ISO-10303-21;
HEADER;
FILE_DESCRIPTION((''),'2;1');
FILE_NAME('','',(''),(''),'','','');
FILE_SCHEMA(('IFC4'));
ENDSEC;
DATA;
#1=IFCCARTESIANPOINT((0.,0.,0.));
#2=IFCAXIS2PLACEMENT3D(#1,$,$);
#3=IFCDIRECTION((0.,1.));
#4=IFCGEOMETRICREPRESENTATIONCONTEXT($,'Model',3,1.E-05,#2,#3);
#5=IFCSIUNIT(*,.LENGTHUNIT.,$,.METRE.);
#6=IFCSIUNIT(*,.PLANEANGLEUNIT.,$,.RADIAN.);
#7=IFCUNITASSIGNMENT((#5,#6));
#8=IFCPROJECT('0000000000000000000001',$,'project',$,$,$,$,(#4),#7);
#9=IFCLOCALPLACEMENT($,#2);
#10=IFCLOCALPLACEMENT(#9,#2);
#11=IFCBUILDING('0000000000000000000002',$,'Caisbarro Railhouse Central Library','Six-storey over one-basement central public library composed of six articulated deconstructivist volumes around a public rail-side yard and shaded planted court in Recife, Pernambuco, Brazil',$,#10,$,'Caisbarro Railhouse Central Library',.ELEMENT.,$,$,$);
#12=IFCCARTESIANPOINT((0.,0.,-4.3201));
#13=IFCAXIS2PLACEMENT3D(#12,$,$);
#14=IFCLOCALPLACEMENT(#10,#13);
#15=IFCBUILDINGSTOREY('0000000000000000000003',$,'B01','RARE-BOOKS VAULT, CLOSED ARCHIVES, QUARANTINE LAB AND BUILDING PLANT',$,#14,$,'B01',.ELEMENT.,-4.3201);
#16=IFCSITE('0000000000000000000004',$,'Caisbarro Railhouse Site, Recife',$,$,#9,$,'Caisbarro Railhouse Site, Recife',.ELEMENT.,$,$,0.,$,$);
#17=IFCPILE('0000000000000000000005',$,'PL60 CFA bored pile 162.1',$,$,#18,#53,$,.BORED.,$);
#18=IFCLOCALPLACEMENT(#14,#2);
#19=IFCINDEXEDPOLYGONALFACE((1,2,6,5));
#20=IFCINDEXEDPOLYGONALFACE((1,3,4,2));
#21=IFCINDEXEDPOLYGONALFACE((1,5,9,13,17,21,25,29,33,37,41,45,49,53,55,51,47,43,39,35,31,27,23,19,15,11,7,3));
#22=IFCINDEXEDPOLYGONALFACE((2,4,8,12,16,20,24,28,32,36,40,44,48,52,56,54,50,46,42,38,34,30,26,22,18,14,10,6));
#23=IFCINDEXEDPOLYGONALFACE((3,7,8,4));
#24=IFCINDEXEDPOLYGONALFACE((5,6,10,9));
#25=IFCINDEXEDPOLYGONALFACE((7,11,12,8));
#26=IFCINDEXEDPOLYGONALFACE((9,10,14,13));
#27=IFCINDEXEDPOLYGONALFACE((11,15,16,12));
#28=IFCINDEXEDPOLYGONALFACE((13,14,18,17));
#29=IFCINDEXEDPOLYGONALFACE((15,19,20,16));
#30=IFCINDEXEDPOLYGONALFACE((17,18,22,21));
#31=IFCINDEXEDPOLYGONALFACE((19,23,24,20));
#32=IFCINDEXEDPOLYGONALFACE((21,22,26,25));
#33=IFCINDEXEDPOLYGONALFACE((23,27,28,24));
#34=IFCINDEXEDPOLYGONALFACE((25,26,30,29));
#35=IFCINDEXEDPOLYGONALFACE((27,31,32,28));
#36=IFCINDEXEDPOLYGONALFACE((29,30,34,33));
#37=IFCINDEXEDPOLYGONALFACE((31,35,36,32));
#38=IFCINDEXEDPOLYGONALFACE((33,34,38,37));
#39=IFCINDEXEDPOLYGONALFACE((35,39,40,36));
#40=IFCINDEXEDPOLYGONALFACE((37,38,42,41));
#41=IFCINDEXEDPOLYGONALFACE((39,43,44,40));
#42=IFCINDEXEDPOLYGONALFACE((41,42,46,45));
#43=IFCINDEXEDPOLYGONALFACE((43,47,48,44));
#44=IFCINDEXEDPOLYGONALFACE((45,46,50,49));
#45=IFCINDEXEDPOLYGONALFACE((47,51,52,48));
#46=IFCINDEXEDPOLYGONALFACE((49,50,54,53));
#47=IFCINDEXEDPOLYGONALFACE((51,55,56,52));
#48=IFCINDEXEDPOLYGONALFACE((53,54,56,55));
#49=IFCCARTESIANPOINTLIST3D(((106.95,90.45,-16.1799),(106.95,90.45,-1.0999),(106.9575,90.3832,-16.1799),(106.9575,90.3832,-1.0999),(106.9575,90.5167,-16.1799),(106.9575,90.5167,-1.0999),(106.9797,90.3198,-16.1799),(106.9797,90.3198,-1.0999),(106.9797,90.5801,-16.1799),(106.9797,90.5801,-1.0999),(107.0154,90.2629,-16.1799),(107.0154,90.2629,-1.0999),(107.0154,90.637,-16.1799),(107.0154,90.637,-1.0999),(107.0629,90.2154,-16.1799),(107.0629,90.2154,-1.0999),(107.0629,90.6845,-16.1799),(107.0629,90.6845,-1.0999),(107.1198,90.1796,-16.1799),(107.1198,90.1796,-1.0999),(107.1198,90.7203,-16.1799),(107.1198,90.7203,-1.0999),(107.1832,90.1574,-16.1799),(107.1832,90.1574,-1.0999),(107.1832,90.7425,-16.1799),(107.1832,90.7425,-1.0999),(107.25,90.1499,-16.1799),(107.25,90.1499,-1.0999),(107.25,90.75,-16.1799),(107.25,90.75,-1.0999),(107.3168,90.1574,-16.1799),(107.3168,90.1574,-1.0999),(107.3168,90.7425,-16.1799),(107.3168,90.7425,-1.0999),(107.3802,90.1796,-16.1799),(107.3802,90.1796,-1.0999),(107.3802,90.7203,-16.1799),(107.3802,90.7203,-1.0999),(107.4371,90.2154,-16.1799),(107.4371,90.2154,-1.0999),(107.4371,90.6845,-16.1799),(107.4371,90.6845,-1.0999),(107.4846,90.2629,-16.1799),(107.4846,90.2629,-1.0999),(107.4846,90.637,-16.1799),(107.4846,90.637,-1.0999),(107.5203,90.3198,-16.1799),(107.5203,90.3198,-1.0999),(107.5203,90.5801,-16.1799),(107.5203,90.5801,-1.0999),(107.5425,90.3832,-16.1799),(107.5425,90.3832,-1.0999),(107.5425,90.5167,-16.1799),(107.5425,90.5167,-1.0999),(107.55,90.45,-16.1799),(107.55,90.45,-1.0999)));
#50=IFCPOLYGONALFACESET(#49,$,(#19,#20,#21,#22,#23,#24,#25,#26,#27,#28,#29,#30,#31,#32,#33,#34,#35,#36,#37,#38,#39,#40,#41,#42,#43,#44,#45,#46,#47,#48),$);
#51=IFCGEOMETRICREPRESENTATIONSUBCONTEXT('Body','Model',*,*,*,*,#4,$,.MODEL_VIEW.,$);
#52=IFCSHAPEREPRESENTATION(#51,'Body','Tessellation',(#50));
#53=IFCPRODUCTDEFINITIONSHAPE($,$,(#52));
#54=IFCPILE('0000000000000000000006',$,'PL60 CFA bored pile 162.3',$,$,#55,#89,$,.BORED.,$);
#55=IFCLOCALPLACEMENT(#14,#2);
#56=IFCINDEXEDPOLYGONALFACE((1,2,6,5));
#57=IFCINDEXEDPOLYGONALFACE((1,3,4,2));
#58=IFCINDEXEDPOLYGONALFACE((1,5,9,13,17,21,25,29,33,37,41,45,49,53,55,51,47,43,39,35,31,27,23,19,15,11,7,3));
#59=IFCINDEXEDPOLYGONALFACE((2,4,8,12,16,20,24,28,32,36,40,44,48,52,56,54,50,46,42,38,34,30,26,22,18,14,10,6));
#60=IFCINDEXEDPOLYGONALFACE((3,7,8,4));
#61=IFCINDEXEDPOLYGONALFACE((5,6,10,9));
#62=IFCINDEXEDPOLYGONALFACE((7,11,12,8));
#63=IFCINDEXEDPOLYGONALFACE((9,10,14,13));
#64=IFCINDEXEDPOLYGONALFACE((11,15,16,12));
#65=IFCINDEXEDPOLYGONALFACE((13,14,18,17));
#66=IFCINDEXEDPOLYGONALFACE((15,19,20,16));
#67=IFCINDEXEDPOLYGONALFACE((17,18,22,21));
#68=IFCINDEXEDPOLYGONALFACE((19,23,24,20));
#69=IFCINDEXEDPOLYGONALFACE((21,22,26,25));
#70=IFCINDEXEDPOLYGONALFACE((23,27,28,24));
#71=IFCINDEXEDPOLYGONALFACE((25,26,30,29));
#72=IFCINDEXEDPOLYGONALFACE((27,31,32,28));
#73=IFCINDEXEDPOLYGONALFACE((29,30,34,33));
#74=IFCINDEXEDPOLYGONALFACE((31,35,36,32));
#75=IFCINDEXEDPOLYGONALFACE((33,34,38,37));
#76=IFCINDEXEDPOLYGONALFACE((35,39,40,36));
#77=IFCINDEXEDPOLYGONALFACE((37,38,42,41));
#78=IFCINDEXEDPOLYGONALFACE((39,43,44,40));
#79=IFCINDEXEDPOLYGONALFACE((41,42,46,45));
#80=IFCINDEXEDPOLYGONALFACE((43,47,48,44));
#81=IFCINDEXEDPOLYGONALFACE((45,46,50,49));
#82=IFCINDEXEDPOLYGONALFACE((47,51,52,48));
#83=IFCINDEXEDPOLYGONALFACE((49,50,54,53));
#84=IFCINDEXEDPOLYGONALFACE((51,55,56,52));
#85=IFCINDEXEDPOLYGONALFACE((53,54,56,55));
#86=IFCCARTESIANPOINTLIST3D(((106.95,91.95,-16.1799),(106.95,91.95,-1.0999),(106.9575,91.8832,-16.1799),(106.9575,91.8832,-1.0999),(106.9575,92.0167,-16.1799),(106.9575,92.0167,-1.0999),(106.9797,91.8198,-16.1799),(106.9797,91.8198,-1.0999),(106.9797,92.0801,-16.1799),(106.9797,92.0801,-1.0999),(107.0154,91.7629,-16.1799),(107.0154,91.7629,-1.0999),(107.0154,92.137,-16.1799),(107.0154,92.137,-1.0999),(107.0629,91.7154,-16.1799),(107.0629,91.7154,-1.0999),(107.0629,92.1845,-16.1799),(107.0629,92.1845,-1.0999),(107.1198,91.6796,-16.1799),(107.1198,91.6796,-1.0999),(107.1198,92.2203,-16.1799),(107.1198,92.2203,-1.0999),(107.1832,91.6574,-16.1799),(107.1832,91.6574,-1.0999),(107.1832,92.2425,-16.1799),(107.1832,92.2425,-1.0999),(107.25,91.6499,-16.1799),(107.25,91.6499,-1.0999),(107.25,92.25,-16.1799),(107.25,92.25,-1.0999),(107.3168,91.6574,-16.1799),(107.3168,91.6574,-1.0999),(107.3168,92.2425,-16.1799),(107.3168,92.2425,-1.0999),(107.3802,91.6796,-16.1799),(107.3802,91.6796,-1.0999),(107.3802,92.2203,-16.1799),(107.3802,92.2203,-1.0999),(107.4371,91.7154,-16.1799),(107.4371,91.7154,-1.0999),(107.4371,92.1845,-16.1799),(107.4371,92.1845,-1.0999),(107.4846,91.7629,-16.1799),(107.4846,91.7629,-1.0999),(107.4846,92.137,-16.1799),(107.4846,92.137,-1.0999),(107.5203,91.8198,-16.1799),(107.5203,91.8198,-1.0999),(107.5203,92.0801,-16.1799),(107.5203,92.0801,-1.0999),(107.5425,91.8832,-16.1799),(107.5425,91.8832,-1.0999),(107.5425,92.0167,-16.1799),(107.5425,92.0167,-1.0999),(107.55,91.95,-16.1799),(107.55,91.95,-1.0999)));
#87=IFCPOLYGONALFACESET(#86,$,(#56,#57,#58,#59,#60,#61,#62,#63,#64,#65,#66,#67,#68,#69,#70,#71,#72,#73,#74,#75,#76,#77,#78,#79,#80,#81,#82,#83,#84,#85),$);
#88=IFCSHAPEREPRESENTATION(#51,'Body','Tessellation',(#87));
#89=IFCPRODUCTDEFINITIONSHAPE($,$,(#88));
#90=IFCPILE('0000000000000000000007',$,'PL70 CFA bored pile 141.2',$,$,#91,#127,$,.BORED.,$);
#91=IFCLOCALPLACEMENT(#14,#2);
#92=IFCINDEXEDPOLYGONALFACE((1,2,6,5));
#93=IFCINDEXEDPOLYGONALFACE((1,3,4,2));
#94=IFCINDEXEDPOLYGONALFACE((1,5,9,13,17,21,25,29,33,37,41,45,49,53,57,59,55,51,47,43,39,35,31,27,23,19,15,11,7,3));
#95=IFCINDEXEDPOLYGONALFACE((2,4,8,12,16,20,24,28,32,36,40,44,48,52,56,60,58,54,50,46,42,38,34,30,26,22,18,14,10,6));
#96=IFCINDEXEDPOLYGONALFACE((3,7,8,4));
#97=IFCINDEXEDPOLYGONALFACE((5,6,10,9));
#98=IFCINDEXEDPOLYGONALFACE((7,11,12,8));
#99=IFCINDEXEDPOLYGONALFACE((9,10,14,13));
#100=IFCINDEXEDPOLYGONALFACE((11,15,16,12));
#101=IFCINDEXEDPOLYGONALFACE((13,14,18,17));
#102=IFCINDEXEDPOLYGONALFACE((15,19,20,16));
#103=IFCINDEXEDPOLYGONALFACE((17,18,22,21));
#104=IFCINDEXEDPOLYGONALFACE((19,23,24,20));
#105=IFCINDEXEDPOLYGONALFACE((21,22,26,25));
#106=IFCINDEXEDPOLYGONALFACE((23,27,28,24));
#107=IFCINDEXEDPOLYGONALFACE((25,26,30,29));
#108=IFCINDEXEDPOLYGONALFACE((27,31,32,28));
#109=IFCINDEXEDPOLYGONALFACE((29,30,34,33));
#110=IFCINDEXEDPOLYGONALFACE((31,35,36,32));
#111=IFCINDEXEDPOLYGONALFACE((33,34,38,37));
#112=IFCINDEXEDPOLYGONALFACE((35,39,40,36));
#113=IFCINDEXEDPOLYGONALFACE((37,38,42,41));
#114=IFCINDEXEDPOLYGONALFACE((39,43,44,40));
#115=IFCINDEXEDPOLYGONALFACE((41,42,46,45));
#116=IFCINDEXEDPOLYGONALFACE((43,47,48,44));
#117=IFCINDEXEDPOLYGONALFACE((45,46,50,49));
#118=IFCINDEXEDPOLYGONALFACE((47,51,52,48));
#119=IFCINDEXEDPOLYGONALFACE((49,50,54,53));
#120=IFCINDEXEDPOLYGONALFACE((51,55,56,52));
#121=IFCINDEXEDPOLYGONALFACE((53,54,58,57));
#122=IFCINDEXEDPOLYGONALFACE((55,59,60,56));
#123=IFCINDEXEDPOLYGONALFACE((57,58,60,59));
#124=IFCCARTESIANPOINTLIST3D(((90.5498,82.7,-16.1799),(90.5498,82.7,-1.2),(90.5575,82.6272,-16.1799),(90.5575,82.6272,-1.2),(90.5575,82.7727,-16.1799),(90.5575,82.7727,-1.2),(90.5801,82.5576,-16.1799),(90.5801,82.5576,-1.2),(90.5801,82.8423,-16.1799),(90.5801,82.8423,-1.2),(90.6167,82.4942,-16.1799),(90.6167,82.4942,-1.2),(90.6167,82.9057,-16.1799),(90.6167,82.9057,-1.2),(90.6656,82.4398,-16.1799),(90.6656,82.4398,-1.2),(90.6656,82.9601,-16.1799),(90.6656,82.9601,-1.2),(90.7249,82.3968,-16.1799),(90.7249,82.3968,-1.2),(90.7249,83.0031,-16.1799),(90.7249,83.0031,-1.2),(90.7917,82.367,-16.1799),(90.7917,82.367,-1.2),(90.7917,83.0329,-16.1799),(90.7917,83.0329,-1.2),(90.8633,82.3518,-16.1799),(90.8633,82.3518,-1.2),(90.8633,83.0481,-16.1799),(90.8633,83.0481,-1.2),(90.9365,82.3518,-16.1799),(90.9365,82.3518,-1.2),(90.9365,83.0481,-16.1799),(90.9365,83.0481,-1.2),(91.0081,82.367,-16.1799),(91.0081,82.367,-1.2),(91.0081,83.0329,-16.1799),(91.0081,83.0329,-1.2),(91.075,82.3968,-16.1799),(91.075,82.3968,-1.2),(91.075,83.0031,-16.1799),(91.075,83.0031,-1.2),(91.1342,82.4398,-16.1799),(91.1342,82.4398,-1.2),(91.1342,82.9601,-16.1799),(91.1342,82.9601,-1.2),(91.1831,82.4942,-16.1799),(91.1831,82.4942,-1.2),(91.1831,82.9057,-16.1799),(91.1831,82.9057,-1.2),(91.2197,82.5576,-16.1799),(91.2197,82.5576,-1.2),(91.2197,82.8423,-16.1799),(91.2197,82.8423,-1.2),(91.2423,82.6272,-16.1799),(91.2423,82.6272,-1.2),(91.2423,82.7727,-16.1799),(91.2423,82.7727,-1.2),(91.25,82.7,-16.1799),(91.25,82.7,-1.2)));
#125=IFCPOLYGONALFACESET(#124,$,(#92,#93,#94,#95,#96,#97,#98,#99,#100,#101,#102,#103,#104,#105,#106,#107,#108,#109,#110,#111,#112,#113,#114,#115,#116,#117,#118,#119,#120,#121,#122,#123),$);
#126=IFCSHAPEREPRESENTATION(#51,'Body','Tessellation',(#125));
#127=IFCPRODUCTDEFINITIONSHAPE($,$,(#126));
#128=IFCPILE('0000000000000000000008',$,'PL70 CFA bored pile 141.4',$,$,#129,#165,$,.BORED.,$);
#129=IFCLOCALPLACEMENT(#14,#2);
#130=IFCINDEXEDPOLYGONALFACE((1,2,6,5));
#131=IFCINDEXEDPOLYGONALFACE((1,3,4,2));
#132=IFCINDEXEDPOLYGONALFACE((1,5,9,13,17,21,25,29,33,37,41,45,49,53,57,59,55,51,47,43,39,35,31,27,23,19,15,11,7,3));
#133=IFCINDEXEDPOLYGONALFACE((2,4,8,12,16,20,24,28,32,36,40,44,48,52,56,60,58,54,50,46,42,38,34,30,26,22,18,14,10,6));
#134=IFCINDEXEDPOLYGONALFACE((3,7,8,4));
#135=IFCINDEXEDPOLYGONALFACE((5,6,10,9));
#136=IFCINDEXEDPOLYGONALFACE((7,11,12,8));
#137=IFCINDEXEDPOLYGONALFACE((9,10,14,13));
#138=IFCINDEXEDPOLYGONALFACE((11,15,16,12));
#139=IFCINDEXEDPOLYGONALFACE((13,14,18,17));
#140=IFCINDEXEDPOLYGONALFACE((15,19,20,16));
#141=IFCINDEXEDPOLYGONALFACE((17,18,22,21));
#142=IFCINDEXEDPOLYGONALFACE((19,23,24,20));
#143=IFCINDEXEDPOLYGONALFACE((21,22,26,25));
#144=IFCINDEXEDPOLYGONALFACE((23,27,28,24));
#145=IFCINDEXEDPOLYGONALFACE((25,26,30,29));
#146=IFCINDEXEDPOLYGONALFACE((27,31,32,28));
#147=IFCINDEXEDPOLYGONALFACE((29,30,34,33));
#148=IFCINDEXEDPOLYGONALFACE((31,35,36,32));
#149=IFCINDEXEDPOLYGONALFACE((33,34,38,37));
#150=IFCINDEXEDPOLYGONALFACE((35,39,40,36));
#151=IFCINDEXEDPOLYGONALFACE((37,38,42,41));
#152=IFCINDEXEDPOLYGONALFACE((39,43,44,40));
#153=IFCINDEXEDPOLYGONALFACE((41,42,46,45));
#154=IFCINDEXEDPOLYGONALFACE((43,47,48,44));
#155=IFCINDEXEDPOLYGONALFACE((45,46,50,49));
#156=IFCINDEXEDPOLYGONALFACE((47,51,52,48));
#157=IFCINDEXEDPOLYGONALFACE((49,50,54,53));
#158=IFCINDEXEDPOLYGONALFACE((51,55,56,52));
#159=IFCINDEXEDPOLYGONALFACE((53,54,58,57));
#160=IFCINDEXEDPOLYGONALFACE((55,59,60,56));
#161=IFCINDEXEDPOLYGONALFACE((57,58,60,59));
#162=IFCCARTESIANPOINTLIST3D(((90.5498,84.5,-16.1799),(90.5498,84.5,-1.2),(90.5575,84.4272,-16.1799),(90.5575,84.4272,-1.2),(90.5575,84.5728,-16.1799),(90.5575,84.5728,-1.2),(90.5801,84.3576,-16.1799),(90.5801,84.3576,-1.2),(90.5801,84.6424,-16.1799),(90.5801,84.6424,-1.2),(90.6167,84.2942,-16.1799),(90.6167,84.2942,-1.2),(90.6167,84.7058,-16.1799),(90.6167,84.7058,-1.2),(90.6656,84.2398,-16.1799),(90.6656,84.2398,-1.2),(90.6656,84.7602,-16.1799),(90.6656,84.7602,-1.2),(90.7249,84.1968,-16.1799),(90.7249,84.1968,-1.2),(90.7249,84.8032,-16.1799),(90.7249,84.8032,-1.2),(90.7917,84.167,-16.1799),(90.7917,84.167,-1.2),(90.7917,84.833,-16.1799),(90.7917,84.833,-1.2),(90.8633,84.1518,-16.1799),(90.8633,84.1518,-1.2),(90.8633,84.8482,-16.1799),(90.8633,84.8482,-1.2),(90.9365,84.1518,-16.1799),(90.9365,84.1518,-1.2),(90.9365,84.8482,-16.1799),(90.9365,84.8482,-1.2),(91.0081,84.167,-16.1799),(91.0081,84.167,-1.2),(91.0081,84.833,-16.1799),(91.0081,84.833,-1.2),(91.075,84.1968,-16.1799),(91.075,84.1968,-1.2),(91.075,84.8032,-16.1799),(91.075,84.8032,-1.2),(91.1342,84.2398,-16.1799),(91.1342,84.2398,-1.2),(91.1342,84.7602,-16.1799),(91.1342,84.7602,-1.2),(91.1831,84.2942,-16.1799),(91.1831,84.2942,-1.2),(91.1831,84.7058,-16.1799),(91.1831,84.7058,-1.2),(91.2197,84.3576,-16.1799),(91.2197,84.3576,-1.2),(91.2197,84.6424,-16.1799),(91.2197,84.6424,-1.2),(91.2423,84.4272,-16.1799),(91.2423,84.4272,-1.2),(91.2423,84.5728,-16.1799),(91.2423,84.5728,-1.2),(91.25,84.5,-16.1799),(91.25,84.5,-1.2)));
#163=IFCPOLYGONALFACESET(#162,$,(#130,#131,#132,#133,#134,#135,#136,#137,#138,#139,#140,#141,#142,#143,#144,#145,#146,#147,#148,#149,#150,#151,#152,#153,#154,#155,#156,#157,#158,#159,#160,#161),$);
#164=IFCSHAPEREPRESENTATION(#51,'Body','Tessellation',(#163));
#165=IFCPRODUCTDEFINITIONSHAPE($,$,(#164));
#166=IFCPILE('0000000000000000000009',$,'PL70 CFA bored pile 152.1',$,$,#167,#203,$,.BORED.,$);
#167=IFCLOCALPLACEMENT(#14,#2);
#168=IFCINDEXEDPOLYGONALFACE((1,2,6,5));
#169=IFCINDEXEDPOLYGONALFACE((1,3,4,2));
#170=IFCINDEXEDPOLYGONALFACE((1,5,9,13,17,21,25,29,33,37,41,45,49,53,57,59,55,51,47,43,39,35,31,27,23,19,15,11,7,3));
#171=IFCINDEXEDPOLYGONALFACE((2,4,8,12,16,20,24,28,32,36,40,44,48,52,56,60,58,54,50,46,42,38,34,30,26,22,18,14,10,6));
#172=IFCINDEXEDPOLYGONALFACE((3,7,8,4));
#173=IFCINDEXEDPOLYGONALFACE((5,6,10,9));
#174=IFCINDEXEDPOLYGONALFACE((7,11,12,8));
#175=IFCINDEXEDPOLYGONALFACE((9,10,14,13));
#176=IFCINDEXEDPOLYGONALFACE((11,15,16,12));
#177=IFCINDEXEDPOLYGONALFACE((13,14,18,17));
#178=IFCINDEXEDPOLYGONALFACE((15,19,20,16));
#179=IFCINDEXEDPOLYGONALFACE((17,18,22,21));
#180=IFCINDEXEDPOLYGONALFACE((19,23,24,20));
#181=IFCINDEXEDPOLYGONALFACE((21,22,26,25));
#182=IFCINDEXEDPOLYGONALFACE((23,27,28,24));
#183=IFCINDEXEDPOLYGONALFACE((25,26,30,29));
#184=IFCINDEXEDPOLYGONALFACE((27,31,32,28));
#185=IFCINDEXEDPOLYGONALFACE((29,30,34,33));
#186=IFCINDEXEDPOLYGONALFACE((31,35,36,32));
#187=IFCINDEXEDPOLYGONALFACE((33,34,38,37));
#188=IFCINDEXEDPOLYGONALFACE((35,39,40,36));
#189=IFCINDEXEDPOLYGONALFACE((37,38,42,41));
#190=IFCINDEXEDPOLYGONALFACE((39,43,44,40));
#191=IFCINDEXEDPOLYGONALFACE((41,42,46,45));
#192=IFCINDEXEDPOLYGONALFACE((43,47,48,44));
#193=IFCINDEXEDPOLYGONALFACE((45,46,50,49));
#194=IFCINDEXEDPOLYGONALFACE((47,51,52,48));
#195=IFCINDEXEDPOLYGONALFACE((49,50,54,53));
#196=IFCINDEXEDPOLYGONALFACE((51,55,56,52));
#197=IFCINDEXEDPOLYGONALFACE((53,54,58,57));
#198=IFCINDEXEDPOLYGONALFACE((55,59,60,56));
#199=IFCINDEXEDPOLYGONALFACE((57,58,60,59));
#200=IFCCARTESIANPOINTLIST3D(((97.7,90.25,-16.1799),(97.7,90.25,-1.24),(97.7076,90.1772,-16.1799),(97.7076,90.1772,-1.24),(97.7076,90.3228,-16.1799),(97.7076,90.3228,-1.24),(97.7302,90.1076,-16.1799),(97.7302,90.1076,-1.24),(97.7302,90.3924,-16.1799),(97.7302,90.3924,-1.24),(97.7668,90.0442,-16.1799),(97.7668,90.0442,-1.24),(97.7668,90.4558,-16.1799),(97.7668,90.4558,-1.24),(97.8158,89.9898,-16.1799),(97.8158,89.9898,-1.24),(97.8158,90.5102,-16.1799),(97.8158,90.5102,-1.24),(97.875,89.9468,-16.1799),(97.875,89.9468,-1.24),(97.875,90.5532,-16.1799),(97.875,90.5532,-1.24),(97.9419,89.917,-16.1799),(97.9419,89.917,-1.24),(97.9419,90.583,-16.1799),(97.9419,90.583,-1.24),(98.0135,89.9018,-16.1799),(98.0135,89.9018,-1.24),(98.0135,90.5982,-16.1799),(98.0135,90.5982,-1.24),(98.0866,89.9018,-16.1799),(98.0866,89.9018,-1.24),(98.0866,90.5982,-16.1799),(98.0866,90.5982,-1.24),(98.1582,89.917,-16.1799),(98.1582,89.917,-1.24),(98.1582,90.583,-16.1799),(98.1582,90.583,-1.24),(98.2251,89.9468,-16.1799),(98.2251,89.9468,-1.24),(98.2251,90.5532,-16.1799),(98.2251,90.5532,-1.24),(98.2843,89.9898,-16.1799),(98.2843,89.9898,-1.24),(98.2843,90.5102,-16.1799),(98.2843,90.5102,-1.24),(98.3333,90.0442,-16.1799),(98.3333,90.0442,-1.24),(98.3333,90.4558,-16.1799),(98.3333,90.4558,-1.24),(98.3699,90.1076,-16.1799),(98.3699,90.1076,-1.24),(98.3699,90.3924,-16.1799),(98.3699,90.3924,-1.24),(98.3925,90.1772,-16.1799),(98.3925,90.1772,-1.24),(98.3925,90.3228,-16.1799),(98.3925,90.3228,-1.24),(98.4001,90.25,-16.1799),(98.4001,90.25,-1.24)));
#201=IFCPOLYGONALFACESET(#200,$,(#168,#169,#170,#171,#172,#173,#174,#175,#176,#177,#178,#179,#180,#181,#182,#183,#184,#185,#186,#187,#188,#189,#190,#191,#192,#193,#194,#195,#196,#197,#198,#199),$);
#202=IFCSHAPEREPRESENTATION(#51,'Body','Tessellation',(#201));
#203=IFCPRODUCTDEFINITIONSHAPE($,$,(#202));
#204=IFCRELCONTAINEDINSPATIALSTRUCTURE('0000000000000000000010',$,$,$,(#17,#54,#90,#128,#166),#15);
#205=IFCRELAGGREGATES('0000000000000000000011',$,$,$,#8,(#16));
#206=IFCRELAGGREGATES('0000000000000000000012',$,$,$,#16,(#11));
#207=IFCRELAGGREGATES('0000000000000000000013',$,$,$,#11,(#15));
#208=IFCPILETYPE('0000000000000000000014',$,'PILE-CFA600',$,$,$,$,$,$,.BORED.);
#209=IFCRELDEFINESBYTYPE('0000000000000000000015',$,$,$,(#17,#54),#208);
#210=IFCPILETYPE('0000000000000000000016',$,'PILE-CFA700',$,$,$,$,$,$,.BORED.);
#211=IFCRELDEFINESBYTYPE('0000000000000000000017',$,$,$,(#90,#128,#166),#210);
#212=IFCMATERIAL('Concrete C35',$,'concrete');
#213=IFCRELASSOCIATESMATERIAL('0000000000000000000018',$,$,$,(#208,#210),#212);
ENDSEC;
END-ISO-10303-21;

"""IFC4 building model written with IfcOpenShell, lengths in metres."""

from ifc_helpers import new_model, si_unit, direction, frame, origin, origin_2d, place, context, subcontext, project, spatial, circle, extrude, material, material_profile, profile_set, type_object, element, save


model = new_model("IFC4")

# Units and contexts
model_context = context("Model", 3, precision=1e-05, world=origin(), true_north=direction((0.0, 1.0)))
body_context = subcontext(model_context, "Body", "Model", "MODEL_VIEW")
ifc_project = project(units=[si_unit("LENGTHUNIT", "METRE"), si_unit("PLANEANGLEUNIT", "RADIAN")], contexts=[model_context])

# Site, building, storey
site_placement = place(None, origin())
site = spatial("IfcSite", under=ifc_project, at=site_placement, Name="Caisbarro Railhouse Site, Recife", LongName="Caisbarro Railhouse Site, Recife", CompositionType="ELEMENT", RefElevation=0.0)
building_placement = place(site_placement, origin())
building = spatial("IfcBuilding", under=site, at=building_placement, Name="Caisbarro Railhouse Central Library", Description="Six-storey over one-basement central public library composed of six articulated deconstructivist volumes around a public rail-side yard and shaded planted court in Recife, Pernambuco, Brazil", LongName="Caisbarro Railhouse Central Library", CompositionType="ELEMENT")
storey_placement = place(building_placement, frame((0.0, 0.0, -4.3201)))
storey = spatial("IfcBuildingStorey", under=building, at=storey_placement, Name="B01", Description="RARE-BOOKS VAULT, CLOSED ARCHIVES, QUARANTINE LAB AND BUILDING PLANT", LongName="B01", CompositionType="ELEMENT", Elevation=-4.3201)

# Shared definitions
ifc_material_1 = material(Name="Concrete C35", Category="concrete")

# Piles
ifc_material_profile_1 = material_profile(ifc_material_1, circle(Radius=0.3, at=origin_2d()), Name="PILE-CFA-600")
ifc_profile_set_1 = profile_set([ifc_material_profile_1], Name="Concrete C35")
pile_type_1 = type_object("IfcPileType", Name="PILE-CFA600", PredefinedType="BORED", material=ifc_profile_set_1)
for number, where, z_axis, x_axis, name in (
    (1, (107.25, 90.45, -1.0999), (0.0, 0.0, -1.0), (1.0, 0.0, 0.0), "PL60 CFA bored pile 162.1"),
    (2, (107.25, 91.95, -1.0999), (0.0, 0.0, -1.0), (1.0, 0.0, 0.0), "PL60 CFA bored pile 162.3"),
):
    element("IfcPile", number, at=place(storey_placement, frame(where, z_axis=z_axis, x_axis=x_axis)), inside=storey, type_object=pile_type_1, Name=name, PredefinedType="BORED", context=body_context, shape_type="SweptSolid", body=[
        extrude(circle(Radius=0.3, at=origin_2d()), origin(), (0.0, 0.0, 1.0), 15.0801),
    ])
ifc_material_profile_2 = material_profile(ifc_material_1, circle(Radius=0.3501, at=origin_2d()), Name="PILE-CFA-700")
ifc_profile_set_2 = profile_set([ifc_material_profile_2], Name="Concrete C35")
pile_type_2 = type_object("IfcPileType", Name="PILE-CFA700", PredefinedType="BORED", material=ifc_profile_set_2)
for number, where, z_axis, x_axis, name in (
    (3, (90.8999, 82.7, -1.2), (0.0, 0.0, -1.0), (1.0, 0.0, 0.0), "PL70 CFA bored pile 141.2"),
    (4, (90.8999, 84.5, -1.2), (0.0, 0.0, -1.0), (1.0, 0.0, 0.0), "PL70 CFA bored pile 141.4"),
):
    element("IfcPile", number, at=place(storey_placement, frame(where, z_axis=z_axis, x_axis=x_axis)), inside=storey, type_object=pile_type_2, Name=name, PredefinedType="BORED", context=body_context, shape_type="SweptSolid", body=[
        extrude(circle(Radius=0.3501, at=origin_2d()), origin(), (0.0, 0.0, 1.0), 14.98),
    ])
for number, where, z_axis, x_axis, name in (
    (5, (98.05, 90.25, -1.24), (0.0, 0.0, -1.0), (1.0, 0.0, 0.0), "PL70 CFA bored pile 152.1"),
):
    element("IfcPile", number, at=place(storey_placement, frame(where, z_axis=z_axis, x_axis=x_axis)), inside=storey, type_object=pile_type_2, Name=name, PredefinedType="BORED", context=body_context, shape_type="SweptSolid", body=[
        extrude(circle(Radius=0.3501, at=origin_2d()), origin(), (0.0, 0.0, 1.0), 14.9399),
    ])

save(model, "model.ifc")
